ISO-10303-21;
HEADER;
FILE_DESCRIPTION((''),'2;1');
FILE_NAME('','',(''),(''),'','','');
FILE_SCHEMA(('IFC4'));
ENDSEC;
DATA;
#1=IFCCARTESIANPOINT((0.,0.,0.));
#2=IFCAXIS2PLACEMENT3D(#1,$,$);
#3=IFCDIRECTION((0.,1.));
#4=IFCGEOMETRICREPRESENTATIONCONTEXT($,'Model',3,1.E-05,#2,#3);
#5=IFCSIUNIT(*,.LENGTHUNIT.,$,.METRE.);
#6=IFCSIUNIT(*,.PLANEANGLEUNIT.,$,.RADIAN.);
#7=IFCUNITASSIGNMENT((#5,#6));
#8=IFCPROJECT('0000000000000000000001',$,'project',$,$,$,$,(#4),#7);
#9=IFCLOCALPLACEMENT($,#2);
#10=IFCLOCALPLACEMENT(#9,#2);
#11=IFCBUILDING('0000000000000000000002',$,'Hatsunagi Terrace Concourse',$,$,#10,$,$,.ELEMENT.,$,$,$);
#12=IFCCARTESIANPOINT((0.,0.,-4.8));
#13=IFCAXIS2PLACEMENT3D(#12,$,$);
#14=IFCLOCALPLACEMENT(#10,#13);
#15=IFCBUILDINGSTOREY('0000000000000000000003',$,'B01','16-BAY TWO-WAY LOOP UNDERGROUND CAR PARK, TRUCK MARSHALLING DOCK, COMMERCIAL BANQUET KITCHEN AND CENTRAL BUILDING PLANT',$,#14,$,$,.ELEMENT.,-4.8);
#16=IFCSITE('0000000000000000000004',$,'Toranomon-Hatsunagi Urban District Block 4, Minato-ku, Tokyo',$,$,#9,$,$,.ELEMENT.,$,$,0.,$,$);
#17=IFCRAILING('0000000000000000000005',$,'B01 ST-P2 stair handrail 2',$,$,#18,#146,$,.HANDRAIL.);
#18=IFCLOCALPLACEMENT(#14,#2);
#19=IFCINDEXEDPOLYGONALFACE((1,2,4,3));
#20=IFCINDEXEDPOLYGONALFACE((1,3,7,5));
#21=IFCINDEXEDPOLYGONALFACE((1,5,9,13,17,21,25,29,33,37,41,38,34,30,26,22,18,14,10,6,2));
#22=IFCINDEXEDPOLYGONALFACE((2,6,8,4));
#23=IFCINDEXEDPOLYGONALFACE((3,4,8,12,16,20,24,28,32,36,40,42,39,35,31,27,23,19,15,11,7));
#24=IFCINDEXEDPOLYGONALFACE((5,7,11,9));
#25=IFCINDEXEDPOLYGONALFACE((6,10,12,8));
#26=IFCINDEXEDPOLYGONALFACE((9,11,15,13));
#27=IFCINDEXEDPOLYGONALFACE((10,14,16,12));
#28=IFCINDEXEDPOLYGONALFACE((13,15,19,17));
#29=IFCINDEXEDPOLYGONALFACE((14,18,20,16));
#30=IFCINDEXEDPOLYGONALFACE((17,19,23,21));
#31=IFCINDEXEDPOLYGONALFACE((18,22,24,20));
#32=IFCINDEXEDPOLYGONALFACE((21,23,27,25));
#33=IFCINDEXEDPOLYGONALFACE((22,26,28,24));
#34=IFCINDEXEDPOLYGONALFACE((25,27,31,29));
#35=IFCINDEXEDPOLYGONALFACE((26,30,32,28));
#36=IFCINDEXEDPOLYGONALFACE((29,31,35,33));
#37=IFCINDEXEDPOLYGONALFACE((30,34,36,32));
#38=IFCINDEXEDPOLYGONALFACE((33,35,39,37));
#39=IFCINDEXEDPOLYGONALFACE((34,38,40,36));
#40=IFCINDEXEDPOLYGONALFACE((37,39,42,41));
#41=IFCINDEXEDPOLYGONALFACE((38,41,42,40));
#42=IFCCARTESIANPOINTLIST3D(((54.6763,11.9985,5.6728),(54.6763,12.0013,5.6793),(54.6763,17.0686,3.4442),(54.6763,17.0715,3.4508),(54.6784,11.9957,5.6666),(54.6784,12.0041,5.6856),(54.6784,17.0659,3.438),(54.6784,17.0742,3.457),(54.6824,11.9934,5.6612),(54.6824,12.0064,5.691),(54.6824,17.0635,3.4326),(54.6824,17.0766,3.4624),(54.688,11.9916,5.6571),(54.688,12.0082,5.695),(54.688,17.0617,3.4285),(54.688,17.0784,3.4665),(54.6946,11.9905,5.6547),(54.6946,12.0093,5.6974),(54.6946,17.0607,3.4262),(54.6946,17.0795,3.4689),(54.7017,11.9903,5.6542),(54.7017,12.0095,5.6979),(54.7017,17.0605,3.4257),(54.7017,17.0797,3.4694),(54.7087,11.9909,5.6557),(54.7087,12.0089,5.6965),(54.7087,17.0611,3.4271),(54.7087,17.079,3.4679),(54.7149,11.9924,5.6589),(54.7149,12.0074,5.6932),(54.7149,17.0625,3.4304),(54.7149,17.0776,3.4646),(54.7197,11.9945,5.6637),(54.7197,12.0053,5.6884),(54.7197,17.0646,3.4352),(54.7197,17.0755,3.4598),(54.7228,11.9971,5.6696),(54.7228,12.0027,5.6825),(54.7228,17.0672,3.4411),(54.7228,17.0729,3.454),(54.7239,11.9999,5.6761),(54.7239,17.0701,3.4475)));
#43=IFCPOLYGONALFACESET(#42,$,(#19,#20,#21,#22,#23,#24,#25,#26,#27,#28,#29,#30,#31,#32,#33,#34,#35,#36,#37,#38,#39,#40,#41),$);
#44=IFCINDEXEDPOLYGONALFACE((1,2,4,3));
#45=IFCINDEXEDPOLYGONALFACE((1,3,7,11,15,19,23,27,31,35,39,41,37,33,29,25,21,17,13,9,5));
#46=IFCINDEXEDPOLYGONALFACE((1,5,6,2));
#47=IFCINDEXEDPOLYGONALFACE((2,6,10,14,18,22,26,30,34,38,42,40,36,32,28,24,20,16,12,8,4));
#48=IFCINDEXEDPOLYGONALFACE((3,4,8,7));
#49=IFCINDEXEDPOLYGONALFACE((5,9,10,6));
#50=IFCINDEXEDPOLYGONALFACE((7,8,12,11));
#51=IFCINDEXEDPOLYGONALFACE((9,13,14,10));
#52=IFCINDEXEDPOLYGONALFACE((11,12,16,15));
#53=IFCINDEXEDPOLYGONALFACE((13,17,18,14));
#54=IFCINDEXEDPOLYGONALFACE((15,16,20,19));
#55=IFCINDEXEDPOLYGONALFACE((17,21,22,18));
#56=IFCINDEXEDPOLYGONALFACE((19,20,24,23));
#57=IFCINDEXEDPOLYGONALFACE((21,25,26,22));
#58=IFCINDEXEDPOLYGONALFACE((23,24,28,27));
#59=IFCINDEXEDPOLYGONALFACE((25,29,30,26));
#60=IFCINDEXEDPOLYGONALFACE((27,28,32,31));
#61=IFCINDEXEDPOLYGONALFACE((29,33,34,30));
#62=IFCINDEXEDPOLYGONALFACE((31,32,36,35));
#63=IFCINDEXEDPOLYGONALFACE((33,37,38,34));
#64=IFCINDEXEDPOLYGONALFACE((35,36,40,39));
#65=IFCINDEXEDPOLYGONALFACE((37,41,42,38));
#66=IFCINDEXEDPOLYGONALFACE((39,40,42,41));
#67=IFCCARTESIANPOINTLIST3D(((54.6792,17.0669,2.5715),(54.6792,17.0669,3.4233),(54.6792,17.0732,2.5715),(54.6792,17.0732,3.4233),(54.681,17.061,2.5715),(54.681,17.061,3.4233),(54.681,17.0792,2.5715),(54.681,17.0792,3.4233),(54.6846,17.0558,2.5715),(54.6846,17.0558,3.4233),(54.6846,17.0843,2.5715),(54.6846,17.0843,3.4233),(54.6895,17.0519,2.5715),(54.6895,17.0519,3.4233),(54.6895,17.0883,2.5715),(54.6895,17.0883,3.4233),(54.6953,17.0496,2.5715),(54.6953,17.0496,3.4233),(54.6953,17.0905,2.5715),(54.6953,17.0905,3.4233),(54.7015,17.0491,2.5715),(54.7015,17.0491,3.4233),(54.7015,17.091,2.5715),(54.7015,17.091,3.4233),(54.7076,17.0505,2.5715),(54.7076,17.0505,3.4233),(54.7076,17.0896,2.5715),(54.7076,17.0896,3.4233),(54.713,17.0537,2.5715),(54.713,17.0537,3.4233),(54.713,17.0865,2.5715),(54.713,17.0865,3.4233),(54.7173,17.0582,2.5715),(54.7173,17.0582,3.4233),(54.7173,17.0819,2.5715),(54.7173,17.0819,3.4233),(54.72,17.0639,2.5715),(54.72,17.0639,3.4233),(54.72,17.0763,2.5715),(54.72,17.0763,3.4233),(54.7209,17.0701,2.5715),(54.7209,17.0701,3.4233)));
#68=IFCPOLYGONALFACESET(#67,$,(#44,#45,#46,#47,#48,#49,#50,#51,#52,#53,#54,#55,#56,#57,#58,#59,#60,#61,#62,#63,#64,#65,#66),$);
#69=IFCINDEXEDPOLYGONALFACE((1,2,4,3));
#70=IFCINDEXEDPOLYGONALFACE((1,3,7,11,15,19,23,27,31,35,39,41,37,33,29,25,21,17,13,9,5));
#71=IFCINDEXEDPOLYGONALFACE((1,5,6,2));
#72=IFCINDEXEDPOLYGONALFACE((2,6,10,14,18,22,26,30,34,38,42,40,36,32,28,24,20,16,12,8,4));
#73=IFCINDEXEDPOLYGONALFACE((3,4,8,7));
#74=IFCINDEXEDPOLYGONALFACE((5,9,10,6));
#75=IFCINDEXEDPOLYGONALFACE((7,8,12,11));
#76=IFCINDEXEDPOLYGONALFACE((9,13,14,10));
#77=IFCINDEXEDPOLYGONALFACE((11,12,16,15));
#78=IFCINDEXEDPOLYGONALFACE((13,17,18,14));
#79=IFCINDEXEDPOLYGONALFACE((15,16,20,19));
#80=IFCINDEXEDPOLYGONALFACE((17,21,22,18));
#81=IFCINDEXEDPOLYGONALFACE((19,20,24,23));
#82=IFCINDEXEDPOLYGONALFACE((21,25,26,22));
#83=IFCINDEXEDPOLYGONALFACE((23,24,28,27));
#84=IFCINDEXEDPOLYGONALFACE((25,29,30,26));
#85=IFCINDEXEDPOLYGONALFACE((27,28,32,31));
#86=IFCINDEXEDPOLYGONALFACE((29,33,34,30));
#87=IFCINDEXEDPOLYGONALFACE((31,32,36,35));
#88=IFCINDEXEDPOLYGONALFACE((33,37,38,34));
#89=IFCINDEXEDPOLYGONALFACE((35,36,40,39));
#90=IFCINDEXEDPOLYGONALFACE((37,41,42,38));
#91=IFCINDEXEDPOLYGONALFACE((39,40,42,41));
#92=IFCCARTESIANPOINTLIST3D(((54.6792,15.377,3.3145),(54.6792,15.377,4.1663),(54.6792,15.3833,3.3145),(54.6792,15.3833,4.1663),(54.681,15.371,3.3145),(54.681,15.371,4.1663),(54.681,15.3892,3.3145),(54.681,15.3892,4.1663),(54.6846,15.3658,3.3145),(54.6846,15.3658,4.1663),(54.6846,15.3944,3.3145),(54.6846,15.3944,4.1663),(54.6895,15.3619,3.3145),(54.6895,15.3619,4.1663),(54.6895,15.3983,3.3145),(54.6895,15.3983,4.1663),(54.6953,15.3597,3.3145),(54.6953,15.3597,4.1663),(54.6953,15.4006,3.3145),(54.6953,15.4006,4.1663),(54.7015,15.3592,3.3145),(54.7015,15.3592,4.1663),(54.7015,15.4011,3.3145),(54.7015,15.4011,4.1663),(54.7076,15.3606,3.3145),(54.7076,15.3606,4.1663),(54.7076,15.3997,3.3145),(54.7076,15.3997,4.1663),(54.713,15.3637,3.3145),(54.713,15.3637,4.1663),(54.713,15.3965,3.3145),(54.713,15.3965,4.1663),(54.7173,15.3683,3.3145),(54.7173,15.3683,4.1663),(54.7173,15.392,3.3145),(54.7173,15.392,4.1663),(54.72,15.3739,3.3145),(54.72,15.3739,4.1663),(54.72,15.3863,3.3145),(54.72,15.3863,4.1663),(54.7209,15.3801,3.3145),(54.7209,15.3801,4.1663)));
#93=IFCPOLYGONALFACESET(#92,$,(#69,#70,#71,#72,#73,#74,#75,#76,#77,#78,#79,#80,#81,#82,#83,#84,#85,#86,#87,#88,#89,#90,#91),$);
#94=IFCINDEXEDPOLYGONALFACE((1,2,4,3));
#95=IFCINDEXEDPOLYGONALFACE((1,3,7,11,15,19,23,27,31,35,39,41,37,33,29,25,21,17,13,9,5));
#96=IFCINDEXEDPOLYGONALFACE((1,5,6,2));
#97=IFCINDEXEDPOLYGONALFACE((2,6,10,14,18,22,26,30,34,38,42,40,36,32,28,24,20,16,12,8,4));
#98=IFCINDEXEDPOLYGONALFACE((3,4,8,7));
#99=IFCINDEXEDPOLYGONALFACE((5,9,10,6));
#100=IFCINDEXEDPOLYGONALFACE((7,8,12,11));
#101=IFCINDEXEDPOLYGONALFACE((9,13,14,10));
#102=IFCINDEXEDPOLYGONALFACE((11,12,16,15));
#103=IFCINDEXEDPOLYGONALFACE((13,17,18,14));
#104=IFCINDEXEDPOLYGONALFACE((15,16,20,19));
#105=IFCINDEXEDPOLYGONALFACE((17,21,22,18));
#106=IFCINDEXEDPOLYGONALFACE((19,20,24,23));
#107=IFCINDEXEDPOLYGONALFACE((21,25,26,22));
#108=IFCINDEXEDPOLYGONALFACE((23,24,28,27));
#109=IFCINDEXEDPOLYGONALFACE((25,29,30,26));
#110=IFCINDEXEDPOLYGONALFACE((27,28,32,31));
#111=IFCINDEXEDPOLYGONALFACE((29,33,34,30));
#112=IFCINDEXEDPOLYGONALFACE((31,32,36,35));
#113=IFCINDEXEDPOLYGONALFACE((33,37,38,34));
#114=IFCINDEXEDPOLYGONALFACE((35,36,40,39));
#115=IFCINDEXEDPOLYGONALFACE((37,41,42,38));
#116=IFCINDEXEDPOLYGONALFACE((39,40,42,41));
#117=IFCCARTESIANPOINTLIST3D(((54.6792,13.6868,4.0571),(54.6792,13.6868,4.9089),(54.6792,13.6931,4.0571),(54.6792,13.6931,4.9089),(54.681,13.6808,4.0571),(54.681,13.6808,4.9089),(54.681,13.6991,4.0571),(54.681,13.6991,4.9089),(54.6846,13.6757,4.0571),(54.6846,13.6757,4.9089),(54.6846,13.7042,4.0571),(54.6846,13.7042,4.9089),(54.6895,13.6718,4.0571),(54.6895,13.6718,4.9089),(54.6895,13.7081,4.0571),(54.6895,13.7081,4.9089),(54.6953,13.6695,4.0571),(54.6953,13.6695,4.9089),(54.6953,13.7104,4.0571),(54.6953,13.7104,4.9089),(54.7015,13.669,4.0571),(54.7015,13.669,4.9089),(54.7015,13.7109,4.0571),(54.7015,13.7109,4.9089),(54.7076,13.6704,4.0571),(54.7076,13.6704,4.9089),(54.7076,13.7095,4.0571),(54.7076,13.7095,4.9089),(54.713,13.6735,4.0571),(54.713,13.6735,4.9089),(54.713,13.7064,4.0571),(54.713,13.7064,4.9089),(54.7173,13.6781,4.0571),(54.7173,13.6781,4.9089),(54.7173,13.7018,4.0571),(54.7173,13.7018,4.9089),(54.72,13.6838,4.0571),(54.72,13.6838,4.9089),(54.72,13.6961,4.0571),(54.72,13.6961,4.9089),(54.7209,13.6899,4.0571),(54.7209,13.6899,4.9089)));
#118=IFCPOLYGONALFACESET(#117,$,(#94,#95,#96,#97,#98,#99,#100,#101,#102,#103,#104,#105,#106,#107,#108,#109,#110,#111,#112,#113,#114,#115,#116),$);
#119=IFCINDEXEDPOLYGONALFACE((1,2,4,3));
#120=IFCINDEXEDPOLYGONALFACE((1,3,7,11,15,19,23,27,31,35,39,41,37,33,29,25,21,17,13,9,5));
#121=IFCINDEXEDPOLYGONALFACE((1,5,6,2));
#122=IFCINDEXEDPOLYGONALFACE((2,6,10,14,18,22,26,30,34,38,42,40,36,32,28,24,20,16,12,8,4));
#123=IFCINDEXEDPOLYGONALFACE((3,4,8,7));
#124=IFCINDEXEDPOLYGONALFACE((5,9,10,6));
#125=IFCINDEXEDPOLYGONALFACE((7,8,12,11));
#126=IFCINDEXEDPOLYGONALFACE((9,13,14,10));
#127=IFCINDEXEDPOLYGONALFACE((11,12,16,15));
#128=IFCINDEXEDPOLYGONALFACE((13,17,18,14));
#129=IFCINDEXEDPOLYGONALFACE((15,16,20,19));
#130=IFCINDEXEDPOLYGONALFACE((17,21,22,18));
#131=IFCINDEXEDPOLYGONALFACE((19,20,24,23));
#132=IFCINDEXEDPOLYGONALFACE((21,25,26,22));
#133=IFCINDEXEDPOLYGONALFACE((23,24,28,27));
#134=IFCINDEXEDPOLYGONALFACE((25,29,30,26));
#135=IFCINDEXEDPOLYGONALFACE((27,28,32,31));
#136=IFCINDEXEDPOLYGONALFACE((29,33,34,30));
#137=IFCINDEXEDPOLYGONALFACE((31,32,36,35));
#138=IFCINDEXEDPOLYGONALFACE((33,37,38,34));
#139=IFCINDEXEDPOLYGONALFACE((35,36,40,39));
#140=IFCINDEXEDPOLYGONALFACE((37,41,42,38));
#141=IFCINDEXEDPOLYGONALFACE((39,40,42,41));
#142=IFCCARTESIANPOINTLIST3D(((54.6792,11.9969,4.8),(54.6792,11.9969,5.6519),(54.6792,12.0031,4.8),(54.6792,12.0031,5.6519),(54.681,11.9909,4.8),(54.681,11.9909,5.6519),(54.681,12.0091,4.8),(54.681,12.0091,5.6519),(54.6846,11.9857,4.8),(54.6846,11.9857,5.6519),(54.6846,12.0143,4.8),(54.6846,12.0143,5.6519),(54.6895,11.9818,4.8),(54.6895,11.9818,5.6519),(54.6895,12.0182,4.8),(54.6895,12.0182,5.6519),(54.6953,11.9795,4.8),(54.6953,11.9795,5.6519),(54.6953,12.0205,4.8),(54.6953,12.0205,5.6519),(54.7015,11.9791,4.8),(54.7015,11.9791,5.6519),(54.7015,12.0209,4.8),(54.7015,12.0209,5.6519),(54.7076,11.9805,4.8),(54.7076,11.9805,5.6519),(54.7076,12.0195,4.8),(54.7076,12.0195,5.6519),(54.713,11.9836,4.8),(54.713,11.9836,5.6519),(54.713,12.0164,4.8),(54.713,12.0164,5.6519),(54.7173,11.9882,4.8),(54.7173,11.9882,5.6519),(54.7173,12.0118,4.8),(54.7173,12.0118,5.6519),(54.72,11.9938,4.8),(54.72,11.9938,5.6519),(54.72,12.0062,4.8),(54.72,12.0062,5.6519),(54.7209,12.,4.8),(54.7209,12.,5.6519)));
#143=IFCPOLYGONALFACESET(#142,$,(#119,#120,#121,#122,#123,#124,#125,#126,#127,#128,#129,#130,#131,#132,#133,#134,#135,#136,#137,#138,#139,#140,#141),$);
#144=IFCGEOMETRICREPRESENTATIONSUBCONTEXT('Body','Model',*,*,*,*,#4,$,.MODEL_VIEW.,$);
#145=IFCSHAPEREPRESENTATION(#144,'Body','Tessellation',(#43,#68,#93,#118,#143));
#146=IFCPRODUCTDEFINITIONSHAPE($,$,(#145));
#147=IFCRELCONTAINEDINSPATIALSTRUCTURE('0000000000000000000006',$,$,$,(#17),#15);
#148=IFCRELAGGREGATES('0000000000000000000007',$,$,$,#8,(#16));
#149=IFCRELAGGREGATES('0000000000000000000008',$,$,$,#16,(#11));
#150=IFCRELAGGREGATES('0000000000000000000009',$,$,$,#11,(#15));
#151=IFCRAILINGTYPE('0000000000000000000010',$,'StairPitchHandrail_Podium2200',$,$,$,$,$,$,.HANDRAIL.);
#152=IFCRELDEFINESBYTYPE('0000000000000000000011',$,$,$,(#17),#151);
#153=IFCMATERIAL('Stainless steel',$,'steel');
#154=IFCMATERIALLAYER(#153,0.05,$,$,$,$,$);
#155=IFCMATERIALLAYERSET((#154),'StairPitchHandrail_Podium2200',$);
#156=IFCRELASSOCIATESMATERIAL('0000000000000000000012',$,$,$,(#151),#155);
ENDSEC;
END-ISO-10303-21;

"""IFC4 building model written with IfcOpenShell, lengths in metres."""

from ifc_helpers import new_model, si_unit, direction, frame, origin, origin_2d, place, context, subcontext, project, spatial, circle, extrude, material, layer, layer_set, type_object, element, save


model = new_model("IFC4")

# Units and contexts
model_context = context("Model", 3, precision=1e-05, world=origin(), true_north=direction((0.0, 1.0)))
body_context = subcontext(model_context, "Body", "Model", "MODEL_VIEW")
ifc_project = project(units=[si_unit("LENGTHUNIT", "METRE"), si_unit("PLANEANGLEUNIT", "RADIAN")], contexts=[model_context])

# Site, building, storey
site_placement = place(None, origin())
site = spatial("IfcSite", under=ifc_project, at=site_placement, Name="Toranomon-Hatsunagi Urban District Block 4, Minato-ku, Tokyo", CompositionType="ELEMENT", RefElevation=0.0)
building_placement = place(site_placement, origin())
building = spatial("IfcBuilding", under=site, at=building_placement, Name="Hatsunagi Terrace Concourse", CompositionType="ELEMENT")
storey_placement = place(building_placement, frame((0.0, 0.0, -4.8)))
storey = spatial("IfcBuildingStorey", under=building, at=storey_placement, Name="B01", Description="16-BAY TWO-WAY LOOP UNDERGROUND CAR PARK, TRUCK MARSHALLING DOCK, COMMERCIAL BANQUET KITCHEN AND CENTRAL BUILDING PLANT", CompositionType="ELEMENT", Elevation=-4.8)

# Railing
ifc_material_1 = material(Name="Stainless steel", Category="steel")
ifc_layer_1 = layer(ifc_material_1, 0.05)
ifc_layer_set_1 = layer_set([ifc_layer_1], Name="StairPitchHandrail_Podium2200")
railing_type_1 = type_object("IfcRailingType", Name="StairPitchHandrail_Podium2200", PredefinedType="HANDRAIL", material=ifc_layer_set_1)
railing_1_placement = place(storey_placement, frame((54.7, 17.0701, 2.5715)))
element("IfcRailing", 1, at=railing_1_placement, inside=storey, type_object=railing_type_1, Name="B01 ST-P2 stair handrail 2", PredefinedType="HANDRAIL", context=body_context, shape_type="SweptSolid", body=[
    extrude(circle(Radius=0.0239, at=origin_2d()), frame((0.0, 0.0, 0.876), z_axis=(0.0, -0.915469, 0.402388), x_axis=(1.0, 0.0, 0.0)), (0.0, 0.0, 1.0), 5.5383),
    extrude(circle(Radius=0.021, at=origin_2d()), origin(), (0.0, 0.0, 1.0), 0.8518),
    extrude(circle(Radius=0.021, at=origin_2d()), frame((0.0, -1.6899, 0.7429)), (0.0, 0.0, 1.0), 0.8518),
    extrude(circle(Radius=0.021, at=origin_2d()), frame((0.0, -3.3801, 1.4856)), (0.0, 0.0, 1.0), 0.8518),
    extrude(circle(Radius=0.021, at=origin_2d()), frame((0.0, -5.0701, 2.2285)), (0.0, 0.0, 1.0), 0.8518),
])

save(model, "model.ifc")
